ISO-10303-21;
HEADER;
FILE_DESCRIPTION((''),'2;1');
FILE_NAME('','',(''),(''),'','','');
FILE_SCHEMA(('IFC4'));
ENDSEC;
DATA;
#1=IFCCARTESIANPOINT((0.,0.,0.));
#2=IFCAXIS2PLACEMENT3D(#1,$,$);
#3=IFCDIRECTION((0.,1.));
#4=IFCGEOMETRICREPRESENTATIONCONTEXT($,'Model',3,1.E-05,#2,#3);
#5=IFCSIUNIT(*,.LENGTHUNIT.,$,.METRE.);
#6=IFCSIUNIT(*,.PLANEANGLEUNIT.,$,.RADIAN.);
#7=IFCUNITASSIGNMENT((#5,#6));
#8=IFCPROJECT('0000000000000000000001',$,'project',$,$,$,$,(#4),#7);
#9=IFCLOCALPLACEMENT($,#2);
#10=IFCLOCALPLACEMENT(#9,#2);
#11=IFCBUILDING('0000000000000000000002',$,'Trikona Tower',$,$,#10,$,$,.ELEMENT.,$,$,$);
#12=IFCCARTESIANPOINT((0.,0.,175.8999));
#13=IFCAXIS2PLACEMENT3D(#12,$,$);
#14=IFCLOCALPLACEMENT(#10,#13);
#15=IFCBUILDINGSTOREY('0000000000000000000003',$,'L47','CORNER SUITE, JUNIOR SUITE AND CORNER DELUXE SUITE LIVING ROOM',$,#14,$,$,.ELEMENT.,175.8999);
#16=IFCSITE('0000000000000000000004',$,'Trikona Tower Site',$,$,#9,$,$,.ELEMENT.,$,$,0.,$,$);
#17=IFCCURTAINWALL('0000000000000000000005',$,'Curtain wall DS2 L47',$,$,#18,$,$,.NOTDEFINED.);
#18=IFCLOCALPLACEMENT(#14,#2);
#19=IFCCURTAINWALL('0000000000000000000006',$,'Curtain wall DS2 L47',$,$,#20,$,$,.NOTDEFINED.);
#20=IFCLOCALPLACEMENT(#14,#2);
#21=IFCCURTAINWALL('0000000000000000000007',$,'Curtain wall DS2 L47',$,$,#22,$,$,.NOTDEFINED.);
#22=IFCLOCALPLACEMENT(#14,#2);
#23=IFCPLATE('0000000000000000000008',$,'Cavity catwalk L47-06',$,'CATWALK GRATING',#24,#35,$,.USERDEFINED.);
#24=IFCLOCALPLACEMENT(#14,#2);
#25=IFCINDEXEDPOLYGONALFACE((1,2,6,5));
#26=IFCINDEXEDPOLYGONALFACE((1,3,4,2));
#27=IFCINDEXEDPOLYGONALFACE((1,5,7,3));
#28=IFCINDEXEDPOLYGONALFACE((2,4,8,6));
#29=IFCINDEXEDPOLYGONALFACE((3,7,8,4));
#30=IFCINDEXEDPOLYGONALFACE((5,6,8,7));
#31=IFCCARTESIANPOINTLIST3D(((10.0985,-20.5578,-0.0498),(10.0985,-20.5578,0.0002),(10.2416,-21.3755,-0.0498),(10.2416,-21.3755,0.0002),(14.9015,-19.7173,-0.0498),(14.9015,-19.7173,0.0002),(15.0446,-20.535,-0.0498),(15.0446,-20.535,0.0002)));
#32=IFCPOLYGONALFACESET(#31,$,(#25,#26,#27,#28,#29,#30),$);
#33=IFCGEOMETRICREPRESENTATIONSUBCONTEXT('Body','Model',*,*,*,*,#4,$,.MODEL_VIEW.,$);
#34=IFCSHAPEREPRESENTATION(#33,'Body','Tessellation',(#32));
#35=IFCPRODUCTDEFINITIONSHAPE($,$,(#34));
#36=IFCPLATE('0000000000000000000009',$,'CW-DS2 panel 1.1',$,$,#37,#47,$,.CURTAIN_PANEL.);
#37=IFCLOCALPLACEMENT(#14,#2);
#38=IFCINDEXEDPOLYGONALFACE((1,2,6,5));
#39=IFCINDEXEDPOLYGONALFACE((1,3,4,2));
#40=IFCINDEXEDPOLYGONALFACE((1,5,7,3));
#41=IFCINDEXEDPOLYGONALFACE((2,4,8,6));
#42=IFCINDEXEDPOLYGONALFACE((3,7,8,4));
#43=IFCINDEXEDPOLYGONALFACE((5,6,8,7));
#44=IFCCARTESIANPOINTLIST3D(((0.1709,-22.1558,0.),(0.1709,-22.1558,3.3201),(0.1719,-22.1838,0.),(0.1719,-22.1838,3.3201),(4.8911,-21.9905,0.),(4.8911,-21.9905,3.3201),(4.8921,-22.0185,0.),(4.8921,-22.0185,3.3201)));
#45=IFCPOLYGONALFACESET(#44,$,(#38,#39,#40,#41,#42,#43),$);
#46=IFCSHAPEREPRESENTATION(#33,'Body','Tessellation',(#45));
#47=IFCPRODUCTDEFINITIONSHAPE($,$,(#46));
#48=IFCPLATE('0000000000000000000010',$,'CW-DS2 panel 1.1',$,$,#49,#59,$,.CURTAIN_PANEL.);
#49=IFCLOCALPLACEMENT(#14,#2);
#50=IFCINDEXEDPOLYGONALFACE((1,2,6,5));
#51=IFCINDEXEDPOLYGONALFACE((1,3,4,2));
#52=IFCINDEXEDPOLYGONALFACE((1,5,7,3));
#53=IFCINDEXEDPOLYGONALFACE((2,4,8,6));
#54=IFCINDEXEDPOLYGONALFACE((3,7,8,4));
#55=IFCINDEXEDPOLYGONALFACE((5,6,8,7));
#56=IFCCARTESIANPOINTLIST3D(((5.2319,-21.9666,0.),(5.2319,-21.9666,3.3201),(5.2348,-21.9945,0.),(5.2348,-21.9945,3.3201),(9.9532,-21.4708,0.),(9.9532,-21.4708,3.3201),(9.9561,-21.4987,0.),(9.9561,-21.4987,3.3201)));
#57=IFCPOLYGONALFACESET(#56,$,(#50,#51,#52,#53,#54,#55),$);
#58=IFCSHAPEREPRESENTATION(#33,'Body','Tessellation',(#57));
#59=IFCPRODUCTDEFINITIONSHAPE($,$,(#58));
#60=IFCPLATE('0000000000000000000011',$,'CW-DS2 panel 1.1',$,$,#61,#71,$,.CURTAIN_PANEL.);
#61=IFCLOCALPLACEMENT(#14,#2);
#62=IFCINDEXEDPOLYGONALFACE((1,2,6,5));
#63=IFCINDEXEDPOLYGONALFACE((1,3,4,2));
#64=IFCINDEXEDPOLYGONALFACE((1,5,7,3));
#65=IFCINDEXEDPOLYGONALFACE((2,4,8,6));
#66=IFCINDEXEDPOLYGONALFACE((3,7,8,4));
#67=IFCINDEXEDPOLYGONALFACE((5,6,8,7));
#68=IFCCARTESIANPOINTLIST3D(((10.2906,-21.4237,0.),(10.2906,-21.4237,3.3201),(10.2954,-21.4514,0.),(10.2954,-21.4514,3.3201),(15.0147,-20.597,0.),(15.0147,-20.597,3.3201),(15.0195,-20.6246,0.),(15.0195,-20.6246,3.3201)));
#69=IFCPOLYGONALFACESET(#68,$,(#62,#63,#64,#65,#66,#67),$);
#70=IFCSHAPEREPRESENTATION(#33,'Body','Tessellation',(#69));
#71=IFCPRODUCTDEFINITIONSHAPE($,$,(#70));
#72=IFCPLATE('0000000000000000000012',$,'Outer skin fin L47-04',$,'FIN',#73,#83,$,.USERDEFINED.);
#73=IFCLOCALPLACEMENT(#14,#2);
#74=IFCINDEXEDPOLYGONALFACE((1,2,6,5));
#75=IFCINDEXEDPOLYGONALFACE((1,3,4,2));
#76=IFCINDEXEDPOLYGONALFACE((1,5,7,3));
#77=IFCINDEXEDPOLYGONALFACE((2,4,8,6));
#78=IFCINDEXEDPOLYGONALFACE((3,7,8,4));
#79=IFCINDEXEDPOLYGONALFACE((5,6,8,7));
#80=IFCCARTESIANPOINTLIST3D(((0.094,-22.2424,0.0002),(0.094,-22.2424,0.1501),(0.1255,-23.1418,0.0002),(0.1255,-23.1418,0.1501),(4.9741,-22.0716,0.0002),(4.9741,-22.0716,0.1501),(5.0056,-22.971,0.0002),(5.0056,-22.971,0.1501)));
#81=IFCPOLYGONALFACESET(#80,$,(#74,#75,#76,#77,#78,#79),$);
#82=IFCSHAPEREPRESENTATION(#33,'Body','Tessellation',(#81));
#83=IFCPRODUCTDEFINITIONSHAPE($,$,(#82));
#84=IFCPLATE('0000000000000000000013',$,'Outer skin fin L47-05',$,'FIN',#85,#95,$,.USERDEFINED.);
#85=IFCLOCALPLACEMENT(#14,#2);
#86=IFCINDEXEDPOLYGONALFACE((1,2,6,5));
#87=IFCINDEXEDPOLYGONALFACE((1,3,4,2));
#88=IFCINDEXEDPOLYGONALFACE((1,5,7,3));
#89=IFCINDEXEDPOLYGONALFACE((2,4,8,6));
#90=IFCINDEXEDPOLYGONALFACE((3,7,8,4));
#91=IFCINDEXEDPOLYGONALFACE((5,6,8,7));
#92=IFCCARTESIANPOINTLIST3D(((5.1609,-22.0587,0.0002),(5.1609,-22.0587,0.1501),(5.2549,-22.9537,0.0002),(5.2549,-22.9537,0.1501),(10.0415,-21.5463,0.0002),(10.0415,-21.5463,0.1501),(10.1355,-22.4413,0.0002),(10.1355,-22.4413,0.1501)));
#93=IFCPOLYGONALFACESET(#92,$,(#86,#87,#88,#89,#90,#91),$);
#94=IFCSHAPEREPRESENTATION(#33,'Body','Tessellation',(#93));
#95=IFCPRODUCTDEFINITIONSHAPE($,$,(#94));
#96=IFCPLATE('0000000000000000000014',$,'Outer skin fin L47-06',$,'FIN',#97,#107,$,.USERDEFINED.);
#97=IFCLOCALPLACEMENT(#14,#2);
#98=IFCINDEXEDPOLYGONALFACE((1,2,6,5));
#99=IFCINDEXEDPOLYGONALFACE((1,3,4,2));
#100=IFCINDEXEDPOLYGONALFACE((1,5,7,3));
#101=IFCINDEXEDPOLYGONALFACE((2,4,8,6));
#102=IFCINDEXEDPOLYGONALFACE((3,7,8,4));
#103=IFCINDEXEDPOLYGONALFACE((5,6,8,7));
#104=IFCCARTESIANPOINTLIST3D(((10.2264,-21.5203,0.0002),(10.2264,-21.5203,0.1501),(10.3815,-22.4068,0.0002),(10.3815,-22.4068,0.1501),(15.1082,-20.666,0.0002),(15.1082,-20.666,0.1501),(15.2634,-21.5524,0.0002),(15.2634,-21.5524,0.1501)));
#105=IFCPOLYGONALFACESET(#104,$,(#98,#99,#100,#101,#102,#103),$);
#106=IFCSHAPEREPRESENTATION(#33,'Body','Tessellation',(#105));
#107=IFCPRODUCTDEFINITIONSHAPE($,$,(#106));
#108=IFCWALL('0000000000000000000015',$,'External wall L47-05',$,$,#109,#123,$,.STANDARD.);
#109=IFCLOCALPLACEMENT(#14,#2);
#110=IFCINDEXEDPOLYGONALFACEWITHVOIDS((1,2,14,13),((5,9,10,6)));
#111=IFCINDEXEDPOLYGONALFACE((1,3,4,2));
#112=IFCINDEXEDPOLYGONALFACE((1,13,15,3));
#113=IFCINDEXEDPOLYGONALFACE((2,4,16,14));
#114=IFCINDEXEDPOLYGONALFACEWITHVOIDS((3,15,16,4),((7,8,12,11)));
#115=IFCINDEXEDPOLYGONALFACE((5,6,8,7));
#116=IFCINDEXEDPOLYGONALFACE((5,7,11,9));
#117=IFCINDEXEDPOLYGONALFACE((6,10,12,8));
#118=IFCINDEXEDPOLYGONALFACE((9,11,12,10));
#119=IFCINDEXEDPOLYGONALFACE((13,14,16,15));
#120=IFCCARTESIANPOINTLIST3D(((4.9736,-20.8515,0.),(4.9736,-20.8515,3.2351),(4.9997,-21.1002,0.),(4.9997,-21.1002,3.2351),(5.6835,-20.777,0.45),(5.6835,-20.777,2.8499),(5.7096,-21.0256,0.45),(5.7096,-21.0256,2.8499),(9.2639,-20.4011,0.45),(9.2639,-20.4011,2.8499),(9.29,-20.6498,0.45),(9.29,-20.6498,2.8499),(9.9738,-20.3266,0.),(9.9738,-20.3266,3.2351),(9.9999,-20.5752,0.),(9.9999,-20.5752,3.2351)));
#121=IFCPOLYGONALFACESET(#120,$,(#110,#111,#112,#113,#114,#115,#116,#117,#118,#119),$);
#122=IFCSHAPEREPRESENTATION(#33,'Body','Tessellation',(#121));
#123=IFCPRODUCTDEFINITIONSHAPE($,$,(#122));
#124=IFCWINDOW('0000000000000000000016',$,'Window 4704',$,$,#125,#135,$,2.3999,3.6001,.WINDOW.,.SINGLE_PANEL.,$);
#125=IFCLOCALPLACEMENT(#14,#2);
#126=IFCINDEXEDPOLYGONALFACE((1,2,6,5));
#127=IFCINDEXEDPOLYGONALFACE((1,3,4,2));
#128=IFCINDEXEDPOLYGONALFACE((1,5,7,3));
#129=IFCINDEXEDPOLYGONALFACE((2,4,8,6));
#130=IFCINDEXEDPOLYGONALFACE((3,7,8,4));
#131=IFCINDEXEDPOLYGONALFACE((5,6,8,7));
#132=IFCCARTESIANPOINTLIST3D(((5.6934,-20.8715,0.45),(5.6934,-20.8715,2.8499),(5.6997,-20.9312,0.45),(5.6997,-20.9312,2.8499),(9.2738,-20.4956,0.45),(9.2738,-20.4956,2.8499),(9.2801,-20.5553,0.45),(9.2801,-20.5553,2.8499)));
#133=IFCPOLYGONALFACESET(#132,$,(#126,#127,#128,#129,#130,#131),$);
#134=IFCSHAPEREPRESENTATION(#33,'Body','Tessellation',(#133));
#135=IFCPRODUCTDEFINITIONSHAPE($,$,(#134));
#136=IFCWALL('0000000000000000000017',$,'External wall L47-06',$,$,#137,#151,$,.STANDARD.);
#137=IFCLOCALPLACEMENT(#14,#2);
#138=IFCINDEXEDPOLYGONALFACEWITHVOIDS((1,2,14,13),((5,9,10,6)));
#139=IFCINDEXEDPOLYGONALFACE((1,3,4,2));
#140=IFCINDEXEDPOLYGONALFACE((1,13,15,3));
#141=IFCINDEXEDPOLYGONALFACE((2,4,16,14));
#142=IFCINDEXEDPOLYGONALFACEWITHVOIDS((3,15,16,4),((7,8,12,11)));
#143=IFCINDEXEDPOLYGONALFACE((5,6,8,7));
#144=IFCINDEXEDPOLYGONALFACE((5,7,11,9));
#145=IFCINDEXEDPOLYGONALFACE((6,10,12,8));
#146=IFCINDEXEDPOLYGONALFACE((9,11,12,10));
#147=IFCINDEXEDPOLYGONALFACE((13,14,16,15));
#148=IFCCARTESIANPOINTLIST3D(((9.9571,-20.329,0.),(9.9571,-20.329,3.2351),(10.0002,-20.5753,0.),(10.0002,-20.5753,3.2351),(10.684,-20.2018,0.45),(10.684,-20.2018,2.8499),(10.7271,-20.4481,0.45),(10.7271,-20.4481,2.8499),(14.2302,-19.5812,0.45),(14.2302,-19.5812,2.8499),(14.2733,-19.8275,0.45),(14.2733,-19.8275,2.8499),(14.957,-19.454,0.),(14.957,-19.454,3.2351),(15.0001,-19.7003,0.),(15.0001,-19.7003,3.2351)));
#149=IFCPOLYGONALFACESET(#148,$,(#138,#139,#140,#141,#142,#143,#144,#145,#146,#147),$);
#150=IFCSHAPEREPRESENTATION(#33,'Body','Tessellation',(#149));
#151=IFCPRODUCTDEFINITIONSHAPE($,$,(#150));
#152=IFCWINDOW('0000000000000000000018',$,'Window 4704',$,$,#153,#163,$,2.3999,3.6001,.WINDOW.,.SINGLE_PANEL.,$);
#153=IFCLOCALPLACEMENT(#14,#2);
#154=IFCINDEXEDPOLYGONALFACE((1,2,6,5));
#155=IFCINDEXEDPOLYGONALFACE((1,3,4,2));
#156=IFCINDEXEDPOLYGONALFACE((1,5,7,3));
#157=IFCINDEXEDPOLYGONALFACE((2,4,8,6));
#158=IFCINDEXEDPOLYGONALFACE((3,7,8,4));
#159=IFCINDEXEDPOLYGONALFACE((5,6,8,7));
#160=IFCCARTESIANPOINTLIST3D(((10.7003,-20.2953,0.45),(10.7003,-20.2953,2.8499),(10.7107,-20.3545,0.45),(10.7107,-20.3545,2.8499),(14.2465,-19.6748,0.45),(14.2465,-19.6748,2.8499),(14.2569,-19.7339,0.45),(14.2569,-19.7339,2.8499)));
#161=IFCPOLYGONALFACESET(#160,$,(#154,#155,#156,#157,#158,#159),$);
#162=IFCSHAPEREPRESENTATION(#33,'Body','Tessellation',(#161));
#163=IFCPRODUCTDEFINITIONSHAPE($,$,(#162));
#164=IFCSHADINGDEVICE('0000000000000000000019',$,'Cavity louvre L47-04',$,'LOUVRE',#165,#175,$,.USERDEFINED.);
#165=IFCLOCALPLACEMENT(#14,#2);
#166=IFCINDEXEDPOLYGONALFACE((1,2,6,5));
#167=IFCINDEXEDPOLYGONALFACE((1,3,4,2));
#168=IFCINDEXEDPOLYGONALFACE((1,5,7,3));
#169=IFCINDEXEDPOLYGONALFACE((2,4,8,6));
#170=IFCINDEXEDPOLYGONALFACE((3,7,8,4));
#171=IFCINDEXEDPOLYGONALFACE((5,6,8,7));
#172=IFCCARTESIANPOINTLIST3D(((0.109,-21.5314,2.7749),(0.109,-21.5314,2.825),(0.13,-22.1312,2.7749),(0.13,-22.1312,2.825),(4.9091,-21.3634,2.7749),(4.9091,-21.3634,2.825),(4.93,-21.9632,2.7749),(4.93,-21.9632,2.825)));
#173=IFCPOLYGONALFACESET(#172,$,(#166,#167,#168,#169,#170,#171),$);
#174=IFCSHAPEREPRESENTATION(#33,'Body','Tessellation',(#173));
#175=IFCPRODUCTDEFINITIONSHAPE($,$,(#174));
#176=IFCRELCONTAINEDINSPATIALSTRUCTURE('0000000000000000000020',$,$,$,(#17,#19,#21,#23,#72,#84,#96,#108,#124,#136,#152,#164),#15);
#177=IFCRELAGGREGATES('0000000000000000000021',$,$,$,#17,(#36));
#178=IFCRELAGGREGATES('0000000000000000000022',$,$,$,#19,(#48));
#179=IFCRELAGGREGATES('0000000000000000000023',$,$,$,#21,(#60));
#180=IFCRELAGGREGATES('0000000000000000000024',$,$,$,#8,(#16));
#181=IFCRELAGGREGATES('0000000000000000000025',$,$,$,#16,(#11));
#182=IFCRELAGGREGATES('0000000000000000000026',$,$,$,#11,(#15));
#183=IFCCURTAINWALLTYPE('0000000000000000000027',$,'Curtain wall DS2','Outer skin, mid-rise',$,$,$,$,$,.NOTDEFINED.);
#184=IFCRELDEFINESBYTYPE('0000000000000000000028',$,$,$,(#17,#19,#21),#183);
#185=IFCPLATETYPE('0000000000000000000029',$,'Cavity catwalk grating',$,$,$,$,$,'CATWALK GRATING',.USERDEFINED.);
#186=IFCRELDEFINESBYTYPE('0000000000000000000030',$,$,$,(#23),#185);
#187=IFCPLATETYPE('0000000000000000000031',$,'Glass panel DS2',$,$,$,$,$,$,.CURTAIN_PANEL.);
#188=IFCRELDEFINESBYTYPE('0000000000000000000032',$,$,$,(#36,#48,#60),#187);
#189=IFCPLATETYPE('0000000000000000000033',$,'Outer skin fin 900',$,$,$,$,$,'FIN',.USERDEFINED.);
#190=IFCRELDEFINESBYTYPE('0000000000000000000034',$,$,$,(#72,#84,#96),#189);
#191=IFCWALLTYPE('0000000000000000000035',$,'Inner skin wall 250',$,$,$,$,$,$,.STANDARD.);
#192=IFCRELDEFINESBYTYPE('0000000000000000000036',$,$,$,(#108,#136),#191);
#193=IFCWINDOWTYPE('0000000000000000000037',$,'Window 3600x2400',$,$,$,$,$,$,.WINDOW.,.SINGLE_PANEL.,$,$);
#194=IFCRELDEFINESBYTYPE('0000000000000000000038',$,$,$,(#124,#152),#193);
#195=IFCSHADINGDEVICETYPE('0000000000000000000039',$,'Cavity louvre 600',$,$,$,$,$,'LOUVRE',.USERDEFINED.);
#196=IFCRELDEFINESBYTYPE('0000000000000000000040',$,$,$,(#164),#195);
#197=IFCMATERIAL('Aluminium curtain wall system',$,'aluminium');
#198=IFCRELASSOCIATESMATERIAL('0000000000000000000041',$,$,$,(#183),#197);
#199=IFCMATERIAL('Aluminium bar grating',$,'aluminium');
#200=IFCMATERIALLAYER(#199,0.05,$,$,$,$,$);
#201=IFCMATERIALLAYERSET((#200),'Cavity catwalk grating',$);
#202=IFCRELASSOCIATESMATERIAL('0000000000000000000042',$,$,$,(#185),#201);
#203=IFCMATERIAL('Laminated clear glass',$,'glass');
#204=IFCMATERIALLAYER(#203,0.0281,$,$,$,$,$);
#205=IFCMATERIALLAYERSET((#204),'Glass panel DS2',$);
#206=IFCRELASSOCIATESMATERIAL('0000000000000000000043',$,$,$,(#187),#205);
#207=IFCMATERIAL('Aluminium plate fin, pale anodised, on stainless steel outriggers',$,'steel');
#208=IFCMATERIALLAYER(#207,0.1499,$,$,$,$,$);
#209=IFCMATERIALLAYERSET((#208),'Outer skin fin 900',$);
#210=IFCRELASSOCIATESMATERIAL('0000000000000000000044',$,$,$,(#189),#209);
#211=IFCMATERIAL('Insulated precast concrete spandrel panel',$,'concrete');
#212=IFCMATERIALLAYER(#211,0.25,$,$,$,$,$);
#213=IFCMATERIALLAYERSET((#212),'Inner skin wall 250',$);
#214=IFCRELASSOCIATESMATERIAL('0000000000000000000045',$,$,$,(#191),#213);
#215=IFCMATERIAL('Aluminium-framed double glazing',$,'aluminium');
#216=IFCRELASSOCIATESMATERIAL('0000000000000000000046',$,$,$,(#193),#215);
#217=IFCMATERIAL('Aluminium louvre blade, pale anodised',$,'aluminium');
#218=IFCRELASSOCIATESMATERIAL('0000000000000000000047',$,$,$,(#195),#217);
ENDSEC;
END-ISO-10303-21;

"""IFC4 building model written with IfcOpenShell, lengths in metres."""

from ifc_helpers import new_model, si_unit, direction, frame, frame_2d, origin, origin_2d, place, context, subcontext, project, spatial, rectangle, extrude, material, layer, layer_set, type_object, element, fill, aggregate, save


model = new_model("IFC4")

# Units and contexts
model_context = context("Model", 3, precision=1e-05, world=origin(), true_north=direction((0.0, 1.0)))
body_context = subcontext(model_context, "Body", "Model", "MODEL_VIEW")
ifc_project = project(units=[si_unit("LENGTHUNIT", "METRE"), si_unit("PLANEANGLEUNIT", "RADIAN")], contexts=[model_context])

# Site, building, storey
site_placement = place(None, origin())
site = spatial("IfcSite", under=ifc_project, at=site_placement, Name="Trikona Tower Site", CompositionType="ELEMENT", RefElevation=0.0)
building_placement = place(site_placement, origin())
building = spatial("IfcBuilding", under=site, at=building_placement, Name="Trikona Tower", CompositionType="ELEMENT")
storey_placement = place(building_placement, frame((0.0, 0.0, 175.8999)))
storey = spatial("IfcBuildingStorey", under=building, at=storey_placement, Name="L47", Description="CORNER SUITE, JUNIOR SUITE AND CORNER DELUXE SUITE LIVING ROOM", CompositionType="ELEMENT", Elevation=175.8999)

# Curtain walls
ifc_material_1 = material(Name="Aluminium curtain wall system", Category="aluminium")
curtain_wall_type = type_object("IfcCurtainWallType", Name="Curtain wall DS2", Description="Outer skin, mid-rise", PredefinedType="NOTDEFINED", material=ifc_material_1)
curtain_wall_1_placement = place(storey_placement, origin())
curtain_wall_1 = element("IfcCurtainWall", 1, at=curtain_wall_1_placement, inside=storey, type_object=curtain_wall_type, Name="Curtain wall DS2 L47", PredefinedType="NOTDEFINED")
curtain_wall_2_placement = place(storey_placement, origin())
curtain_wall_2 = element("IfcCurtainWall", 2, at=curtain_wall_2_placement, inside=storey, type_object=curtain_wall_type, Name="Curtain wall DS2 L47", PredefinedType="NOTDEFINED")

# Curtain wall
curtain_wall_3_placement = place(storey_placement, origin())
curtain_wall_3 = element("IfcCurtainWall", 3, at=curtain_wall_3_placement, inside=storey, type_object=curtain_wall_type, Name="Curtain wall DS2 L47", PredefinedType="NOTDEFINED")

# Plate
ifc_material_2 = material(Name="Aluminium bar grating", Category="aluminium")
ifc_layer_1 = layer(ifc_material_2, 0.05)
ifc_layer_set_1 = layer_set([ifc_layer_1], Name="Cavity catwalk grating")
plate_type_1 = type_object("IfcPlateType", Name="Cavity catwalk grating", ElementType="CATWALK GRATING", PredefinedType="USERDEFINED", material=ifc_layer_set_1)
plate_1_placement = place(storey_placement, frame((12.5715, -20.5464, -0.0498), z_axis=(0.0, 0.0, 1.0), x_axis=(0.985031, 0.17238, 0.0)))
element("IfcPlate", 4, at=plate_1_placement, inside=storey, type_object=plate_type_1, Name="Cavity catwalk L47-06", ObjectType="CATWALK GRATING", PredefinedType="USERDEFINED", context=body_context, shape_type="SweptSolid", body=[
    extrude(rectangle(XDim=4.876, YDim=0.8301, at=origin_2d()), origin(), (0.0, 0.0, 1.0), 0.05),
])

# Plates
ifc_material_3 = material(Name="Laminated clear glass", Category="glass")
ifc_layer_2 = layer(ifc_material_3, 0.0281)
ifc_layer_set_2 = layer_set([ifc_layer_2], Name="Glass panel DS2")
plate_type_2 = type_object("IfcPlateType", Name="Glass panel DS2", PredefinedType="CURTAIN_PANEL", material=ifc_layer_set_2)
plate_2_placement = place(storey_placement, frame((2.5315, -22.0872, 0.0), z_axis=(0.0, 0.0, 1.0), x_axis=(0.999387, 0.034998, 0.0)))
plate_2 = element("IfcPlate", 5, at=plate_2_placement, type_object=plate_type_2, Name="CW-DS2 panel 1.1", PredefinedType="CURTAIN_PANEL", context=body_context, shape_type="SweptSolid", body=[
    extrude(rectangle(XDim=4.7231, YDim=0.0281, at=origin_2d()), origin(), (0.0, 0.0, 1.0), 3.3201),
])
aggregate(curtain_wall_1, [plate_2])
plate_3_placement = place(storey_placement, frame((7.594, -21.7327, 0.0), z_axis=(0.0, 0.0, 1.0), x_axis=(0.994532, 0.104433, 0.0)))
plate_3 = element("IfcPlate", 6, at=plate_3_placement, type_object=plate_type_2, Name="CW-DS2 panel 1.1", PredefinedType="CURTAIN_PANEL", context=body_context, shape_type="SweptSolid", body=[
    extrude(rectangle(XDim=4.7473, YDim=0.0281, at=origin_2d()), origin(), (0.0, 0.0, 1.0), 3.3201),
])
aggregate(curtain_wall_2, [plate_3])
plate_4_placement = place(storey_placement, frame((12.655, -21.0242, 0.0), z_axis=(0.0, 0.0, 1.0), x_axis=(0.985031, 0.172377, 0.0)))
plate_4 = element("IfcPlate", 7, at=plate_4_placement, type_object=plate_type_2, Name="CW-DS2 panel 1.1", PredefinedType="CURTAIN_PANEL", context=body_context, shape_type="SweptSolid", body=[
    extrude(rectangle(XDim=4.7959, YDim=0.0281, at=origin_2d()), origin(), (0.0, 0.0, 1.0), 3.3201),
])
aggregate(curtain_wall_3, [plate_4])

# Plates
ifc_material_4 = material(Name="Aluminium plate fin, pale anodised, on stainless steel outriggers", Category="steel")
ifc_layer_3 = layer(ifc_material_4, 0.1499)
ifc_layer_set_3 = layer_set([ifc_layer_3], Name="Outer skin fin 900")
plate_type_3 = type_object("IfcPlateType", Name="Outer skin fin 900", ElementType="FIN", PredefinedType="USERDEFINED", material=ifc_layer_set_3)
plate_5_placement = place(storey_placement, frame((2.5498, -22.6067, 0.0002), z_axis=(0.0, 0.0, 1.0), x_axis=(0.999388, 0.034978, 0.0)))
element("IfcPlate", 8, at=plate_5_placement, inside=storey, type_object=plate_type_3, Name="Outer skin fin L47-04", ObjectType="FIN", PredefinedType="USERDEFINED", context=body_context, shape_type="SweptSolid", body=[
    extrude(rectangle(XDim=4.8831, YDim=0.8999, at=origin_2d()), origin(), (0.0, 0.0, 1.0), 0.1499),
])
plate_6_placement = place(storey_placement, frame((7.6482, -22.25, 0.0002), z_axis=(0.0, 0.0, 1.0), x_axis=(0.994533, 0.104426, 0.0)))
element("IfcPlate", 9, at=plate_6_placement, inside=storey, type_object=plate_type_3, Name="Outer skin fin L47-05", ObjectType="FIN", PredefinedType="USERDEFINED", context=body_context, shape_type="SweptSolid", body=[
    extrude(rectangle(XDim=4.9075, YDim=0.8999, at=origin_2d()), origin(), (0.0, 0.0, 1.0), 0.1499),
])
plate_7_placement = place(storey_placement, frame((12.7449, -21.5364, 0.0002), z_axis=(0.0, 0.0, 1.0), x_axis=(0.985031, 0.17238, 0.0)))
element("IfcPlate", 10, at=plate_7_placement, inside=storey, type_object=plate_type_3, Name="Outer skin fin L47-06", ObjectType="FIN", PredefinedType="USERDEFINED", context=body_context, shape_type="SweptSolid", body=[
    extrude(rectangle(XDim=4.9561, YDim=0.8999, at=origin_2d()), origin(), (0.0, 0.0, 1.0), 0.1499),
])

# Walls, openings, windows
ifc_material_5 = material(Name="Insulated precast concrete spandrel panel", Category="concrete")
ifc_layer_4 = layer(ifc_material_5, 0.25)
ifc_layer_set_4 = layer_set([ifc_layer_4], Name="Inner skin wall 250")
wall_type = type_object("IfcWallType", Name="Inner skin wall 250", PredefinedType="STANDARD", material=ifc_layer_set_4)
wall_1_placement = place(storey_placement, frame((4.9868, -20.9758, 0.0), z_axis=(0.0, 0.0, 1.0), x_axis=(0.994535, 0.104407, 0.0)))
wall_1 = element("IfcWall", 11, at=wall_1_placement, inside=storey, type_object=wall_type, Name="External wall L47-05", PredefinedType="STANDARD", context=body_context, shape_type="SweptSolid", body=[
    extrude(rectangle(XDim=5.0276, YDim=0.25, at=frame_2d((2.5137, 0.0))), origin(), (0.0, 0.0, 1.0), 3.2351),
])
opening_1_placement = place(wall_1_placement, frame((0.7136, 0.0, 0.45)))
opening_1 = element("IfcOpeningElement", 12, at=opening_1_placement, cuts=wall_1, PredefinedType="OPENING", context=body_context, shape_type="SweptSolid", body=[
    extrude(rectangle(XDim=3.6001, YDim=2.3999, at=frame_2d((1.8, 1.2))), frame((0.0, 0.135, 0.0), z_axis=(0.0, -1.0, 0.0), x_axis=(1.0, 0.0, 0.0)), (0.0, 0.0, 1.0), 0.27),
])
ifc_material_6 = material(Name="Aluminium-framed double glazing", Category="aluminium")
window_type = type_object("IfcWindowType", Name="Window 3600x2400", PartitioningType="SINGLE_PANEL", PredefinedType="WINDOW", material=ifc_material_6)
window_1_placement = place(opening_1_placement, origin())
window_1 = element("IfcWindow", 13, at=window_1_placement, inside=storey, type_object=window_type, Name="Window 4704", OverallHeight=2.3999, OverallWidth=3.6001, PartitioningType="SINGLE_PANEL", PredefinedType="WINDOW", context=body_context, shape_type="SweptSolid", body=[
    extrude(rectangle(XDim=3.6001, YDim=2.3999, at=frame_2d((1.8, 1.2))), frame((0.0, 0.03, 0.0), z_axis=(0.0, -1.0, 0.0), x_axis=(1.0, 0.0, 0.0)), (0.0, 0.0, 1.0), 0.0601),
])
fill(opening_1, window_1)
wall_2_placement = place(storey_placement, frame((9.9785, -20.4521, 0.0), z_axis=(0.0, 0.0, 1.0), x_axis=(0.98503, 0.17238, 0.0)))
wall_2 = element("IfcWall", 14, at=wall_2_placement, inside=storey, type_object=wall_type, Name="External wall L47-06", PredefinedType="STANDARD", context=body_context, shape_type="SweptSolid", body=[
    extrude(rectangle(XDim=5.0759, YDim=0.25, at=frame_2d((2.5381, 0.0))), origin(), (0.0, 0.0, 1.0), 3.2351),
])
opening_2_placement = place(wall_2_placement, frame((0.738, 0.0, 0.45)))
opening_2 = element("IfcOpeningElement", 15, at=opening_2_placement, cuts=wall_2, PredefinedType="OPENING", context=body_context, shape_type="SweptSolid", body=[
    extrude(rectangle(XDim=3.6001, YDim=2.3999, at=frame_2d((1.8, 1.2))), frame((0.0, 0.135, 0.0), z_axis=(0.0, -1.0, 0.0), x_axis=(1.0, 0.0, 0.0)), (0.0, 0.0, 1.0), 0.27),
])
window_2_placement = place(opening_2_placement, origin())
window_2 = element("IfcWindow", 16, at=window_2_placement, inside=storey, type_object=window_type, Name="Window 4704", OverallHeight=2.3999, OverallWidth=3.6001, PartitioningType="SINGLE_PANEL", PredefinedType="WINDOW", context=body_context, shape_type="SweptSolid", body=[
    extrude(rectangle(XDim=3.6001, YDim=2.3999, at=frame_2d((1.8, 1.2))), frame((0.0, 0.03, 0.0), z_axis=(0.0, -1.0, 0.0), x_axis=(1.0, 0.0, 0.0)), (0.0, 0.0, 1.0), 0.0601),
])
fill(opening_2, window_2)

# Shading device
ifc_material_7 = material(Name="Aluminium louvre blade, pale anodised", Category="aluminium")
shading_device_type = type_object("IfcShadingDeviceType", Name="Cavity louvre 600", ElementType="LOUVRE", PredefinedType="USERDEFINED", material=ifc_material_7)
shading_device_1_placement = place(storey_placement, frame((2.5195, -21.7473, 2.7749), z_axis=(0.0, 0.0, 1.0), x_axis=(0.999388, 0.034978, 0.0)))
element("IfcShadingDevice", 17, at=shading_device_1_placement, inside=storey, type_object=shading_device_type, Name="Cavity louvre L47-04", ObjectType="LOUVRE", PredefinedType="USERDEFINED", context=body_context, shape_type="SweptSolid", body=[
    extrude(rectangle(XDim=4.803, YDim=0.6001, at=origin_2d()), origin(), (0.0, 0.0, 1.0), 0.05),
])

save(model, "model.ifc")
